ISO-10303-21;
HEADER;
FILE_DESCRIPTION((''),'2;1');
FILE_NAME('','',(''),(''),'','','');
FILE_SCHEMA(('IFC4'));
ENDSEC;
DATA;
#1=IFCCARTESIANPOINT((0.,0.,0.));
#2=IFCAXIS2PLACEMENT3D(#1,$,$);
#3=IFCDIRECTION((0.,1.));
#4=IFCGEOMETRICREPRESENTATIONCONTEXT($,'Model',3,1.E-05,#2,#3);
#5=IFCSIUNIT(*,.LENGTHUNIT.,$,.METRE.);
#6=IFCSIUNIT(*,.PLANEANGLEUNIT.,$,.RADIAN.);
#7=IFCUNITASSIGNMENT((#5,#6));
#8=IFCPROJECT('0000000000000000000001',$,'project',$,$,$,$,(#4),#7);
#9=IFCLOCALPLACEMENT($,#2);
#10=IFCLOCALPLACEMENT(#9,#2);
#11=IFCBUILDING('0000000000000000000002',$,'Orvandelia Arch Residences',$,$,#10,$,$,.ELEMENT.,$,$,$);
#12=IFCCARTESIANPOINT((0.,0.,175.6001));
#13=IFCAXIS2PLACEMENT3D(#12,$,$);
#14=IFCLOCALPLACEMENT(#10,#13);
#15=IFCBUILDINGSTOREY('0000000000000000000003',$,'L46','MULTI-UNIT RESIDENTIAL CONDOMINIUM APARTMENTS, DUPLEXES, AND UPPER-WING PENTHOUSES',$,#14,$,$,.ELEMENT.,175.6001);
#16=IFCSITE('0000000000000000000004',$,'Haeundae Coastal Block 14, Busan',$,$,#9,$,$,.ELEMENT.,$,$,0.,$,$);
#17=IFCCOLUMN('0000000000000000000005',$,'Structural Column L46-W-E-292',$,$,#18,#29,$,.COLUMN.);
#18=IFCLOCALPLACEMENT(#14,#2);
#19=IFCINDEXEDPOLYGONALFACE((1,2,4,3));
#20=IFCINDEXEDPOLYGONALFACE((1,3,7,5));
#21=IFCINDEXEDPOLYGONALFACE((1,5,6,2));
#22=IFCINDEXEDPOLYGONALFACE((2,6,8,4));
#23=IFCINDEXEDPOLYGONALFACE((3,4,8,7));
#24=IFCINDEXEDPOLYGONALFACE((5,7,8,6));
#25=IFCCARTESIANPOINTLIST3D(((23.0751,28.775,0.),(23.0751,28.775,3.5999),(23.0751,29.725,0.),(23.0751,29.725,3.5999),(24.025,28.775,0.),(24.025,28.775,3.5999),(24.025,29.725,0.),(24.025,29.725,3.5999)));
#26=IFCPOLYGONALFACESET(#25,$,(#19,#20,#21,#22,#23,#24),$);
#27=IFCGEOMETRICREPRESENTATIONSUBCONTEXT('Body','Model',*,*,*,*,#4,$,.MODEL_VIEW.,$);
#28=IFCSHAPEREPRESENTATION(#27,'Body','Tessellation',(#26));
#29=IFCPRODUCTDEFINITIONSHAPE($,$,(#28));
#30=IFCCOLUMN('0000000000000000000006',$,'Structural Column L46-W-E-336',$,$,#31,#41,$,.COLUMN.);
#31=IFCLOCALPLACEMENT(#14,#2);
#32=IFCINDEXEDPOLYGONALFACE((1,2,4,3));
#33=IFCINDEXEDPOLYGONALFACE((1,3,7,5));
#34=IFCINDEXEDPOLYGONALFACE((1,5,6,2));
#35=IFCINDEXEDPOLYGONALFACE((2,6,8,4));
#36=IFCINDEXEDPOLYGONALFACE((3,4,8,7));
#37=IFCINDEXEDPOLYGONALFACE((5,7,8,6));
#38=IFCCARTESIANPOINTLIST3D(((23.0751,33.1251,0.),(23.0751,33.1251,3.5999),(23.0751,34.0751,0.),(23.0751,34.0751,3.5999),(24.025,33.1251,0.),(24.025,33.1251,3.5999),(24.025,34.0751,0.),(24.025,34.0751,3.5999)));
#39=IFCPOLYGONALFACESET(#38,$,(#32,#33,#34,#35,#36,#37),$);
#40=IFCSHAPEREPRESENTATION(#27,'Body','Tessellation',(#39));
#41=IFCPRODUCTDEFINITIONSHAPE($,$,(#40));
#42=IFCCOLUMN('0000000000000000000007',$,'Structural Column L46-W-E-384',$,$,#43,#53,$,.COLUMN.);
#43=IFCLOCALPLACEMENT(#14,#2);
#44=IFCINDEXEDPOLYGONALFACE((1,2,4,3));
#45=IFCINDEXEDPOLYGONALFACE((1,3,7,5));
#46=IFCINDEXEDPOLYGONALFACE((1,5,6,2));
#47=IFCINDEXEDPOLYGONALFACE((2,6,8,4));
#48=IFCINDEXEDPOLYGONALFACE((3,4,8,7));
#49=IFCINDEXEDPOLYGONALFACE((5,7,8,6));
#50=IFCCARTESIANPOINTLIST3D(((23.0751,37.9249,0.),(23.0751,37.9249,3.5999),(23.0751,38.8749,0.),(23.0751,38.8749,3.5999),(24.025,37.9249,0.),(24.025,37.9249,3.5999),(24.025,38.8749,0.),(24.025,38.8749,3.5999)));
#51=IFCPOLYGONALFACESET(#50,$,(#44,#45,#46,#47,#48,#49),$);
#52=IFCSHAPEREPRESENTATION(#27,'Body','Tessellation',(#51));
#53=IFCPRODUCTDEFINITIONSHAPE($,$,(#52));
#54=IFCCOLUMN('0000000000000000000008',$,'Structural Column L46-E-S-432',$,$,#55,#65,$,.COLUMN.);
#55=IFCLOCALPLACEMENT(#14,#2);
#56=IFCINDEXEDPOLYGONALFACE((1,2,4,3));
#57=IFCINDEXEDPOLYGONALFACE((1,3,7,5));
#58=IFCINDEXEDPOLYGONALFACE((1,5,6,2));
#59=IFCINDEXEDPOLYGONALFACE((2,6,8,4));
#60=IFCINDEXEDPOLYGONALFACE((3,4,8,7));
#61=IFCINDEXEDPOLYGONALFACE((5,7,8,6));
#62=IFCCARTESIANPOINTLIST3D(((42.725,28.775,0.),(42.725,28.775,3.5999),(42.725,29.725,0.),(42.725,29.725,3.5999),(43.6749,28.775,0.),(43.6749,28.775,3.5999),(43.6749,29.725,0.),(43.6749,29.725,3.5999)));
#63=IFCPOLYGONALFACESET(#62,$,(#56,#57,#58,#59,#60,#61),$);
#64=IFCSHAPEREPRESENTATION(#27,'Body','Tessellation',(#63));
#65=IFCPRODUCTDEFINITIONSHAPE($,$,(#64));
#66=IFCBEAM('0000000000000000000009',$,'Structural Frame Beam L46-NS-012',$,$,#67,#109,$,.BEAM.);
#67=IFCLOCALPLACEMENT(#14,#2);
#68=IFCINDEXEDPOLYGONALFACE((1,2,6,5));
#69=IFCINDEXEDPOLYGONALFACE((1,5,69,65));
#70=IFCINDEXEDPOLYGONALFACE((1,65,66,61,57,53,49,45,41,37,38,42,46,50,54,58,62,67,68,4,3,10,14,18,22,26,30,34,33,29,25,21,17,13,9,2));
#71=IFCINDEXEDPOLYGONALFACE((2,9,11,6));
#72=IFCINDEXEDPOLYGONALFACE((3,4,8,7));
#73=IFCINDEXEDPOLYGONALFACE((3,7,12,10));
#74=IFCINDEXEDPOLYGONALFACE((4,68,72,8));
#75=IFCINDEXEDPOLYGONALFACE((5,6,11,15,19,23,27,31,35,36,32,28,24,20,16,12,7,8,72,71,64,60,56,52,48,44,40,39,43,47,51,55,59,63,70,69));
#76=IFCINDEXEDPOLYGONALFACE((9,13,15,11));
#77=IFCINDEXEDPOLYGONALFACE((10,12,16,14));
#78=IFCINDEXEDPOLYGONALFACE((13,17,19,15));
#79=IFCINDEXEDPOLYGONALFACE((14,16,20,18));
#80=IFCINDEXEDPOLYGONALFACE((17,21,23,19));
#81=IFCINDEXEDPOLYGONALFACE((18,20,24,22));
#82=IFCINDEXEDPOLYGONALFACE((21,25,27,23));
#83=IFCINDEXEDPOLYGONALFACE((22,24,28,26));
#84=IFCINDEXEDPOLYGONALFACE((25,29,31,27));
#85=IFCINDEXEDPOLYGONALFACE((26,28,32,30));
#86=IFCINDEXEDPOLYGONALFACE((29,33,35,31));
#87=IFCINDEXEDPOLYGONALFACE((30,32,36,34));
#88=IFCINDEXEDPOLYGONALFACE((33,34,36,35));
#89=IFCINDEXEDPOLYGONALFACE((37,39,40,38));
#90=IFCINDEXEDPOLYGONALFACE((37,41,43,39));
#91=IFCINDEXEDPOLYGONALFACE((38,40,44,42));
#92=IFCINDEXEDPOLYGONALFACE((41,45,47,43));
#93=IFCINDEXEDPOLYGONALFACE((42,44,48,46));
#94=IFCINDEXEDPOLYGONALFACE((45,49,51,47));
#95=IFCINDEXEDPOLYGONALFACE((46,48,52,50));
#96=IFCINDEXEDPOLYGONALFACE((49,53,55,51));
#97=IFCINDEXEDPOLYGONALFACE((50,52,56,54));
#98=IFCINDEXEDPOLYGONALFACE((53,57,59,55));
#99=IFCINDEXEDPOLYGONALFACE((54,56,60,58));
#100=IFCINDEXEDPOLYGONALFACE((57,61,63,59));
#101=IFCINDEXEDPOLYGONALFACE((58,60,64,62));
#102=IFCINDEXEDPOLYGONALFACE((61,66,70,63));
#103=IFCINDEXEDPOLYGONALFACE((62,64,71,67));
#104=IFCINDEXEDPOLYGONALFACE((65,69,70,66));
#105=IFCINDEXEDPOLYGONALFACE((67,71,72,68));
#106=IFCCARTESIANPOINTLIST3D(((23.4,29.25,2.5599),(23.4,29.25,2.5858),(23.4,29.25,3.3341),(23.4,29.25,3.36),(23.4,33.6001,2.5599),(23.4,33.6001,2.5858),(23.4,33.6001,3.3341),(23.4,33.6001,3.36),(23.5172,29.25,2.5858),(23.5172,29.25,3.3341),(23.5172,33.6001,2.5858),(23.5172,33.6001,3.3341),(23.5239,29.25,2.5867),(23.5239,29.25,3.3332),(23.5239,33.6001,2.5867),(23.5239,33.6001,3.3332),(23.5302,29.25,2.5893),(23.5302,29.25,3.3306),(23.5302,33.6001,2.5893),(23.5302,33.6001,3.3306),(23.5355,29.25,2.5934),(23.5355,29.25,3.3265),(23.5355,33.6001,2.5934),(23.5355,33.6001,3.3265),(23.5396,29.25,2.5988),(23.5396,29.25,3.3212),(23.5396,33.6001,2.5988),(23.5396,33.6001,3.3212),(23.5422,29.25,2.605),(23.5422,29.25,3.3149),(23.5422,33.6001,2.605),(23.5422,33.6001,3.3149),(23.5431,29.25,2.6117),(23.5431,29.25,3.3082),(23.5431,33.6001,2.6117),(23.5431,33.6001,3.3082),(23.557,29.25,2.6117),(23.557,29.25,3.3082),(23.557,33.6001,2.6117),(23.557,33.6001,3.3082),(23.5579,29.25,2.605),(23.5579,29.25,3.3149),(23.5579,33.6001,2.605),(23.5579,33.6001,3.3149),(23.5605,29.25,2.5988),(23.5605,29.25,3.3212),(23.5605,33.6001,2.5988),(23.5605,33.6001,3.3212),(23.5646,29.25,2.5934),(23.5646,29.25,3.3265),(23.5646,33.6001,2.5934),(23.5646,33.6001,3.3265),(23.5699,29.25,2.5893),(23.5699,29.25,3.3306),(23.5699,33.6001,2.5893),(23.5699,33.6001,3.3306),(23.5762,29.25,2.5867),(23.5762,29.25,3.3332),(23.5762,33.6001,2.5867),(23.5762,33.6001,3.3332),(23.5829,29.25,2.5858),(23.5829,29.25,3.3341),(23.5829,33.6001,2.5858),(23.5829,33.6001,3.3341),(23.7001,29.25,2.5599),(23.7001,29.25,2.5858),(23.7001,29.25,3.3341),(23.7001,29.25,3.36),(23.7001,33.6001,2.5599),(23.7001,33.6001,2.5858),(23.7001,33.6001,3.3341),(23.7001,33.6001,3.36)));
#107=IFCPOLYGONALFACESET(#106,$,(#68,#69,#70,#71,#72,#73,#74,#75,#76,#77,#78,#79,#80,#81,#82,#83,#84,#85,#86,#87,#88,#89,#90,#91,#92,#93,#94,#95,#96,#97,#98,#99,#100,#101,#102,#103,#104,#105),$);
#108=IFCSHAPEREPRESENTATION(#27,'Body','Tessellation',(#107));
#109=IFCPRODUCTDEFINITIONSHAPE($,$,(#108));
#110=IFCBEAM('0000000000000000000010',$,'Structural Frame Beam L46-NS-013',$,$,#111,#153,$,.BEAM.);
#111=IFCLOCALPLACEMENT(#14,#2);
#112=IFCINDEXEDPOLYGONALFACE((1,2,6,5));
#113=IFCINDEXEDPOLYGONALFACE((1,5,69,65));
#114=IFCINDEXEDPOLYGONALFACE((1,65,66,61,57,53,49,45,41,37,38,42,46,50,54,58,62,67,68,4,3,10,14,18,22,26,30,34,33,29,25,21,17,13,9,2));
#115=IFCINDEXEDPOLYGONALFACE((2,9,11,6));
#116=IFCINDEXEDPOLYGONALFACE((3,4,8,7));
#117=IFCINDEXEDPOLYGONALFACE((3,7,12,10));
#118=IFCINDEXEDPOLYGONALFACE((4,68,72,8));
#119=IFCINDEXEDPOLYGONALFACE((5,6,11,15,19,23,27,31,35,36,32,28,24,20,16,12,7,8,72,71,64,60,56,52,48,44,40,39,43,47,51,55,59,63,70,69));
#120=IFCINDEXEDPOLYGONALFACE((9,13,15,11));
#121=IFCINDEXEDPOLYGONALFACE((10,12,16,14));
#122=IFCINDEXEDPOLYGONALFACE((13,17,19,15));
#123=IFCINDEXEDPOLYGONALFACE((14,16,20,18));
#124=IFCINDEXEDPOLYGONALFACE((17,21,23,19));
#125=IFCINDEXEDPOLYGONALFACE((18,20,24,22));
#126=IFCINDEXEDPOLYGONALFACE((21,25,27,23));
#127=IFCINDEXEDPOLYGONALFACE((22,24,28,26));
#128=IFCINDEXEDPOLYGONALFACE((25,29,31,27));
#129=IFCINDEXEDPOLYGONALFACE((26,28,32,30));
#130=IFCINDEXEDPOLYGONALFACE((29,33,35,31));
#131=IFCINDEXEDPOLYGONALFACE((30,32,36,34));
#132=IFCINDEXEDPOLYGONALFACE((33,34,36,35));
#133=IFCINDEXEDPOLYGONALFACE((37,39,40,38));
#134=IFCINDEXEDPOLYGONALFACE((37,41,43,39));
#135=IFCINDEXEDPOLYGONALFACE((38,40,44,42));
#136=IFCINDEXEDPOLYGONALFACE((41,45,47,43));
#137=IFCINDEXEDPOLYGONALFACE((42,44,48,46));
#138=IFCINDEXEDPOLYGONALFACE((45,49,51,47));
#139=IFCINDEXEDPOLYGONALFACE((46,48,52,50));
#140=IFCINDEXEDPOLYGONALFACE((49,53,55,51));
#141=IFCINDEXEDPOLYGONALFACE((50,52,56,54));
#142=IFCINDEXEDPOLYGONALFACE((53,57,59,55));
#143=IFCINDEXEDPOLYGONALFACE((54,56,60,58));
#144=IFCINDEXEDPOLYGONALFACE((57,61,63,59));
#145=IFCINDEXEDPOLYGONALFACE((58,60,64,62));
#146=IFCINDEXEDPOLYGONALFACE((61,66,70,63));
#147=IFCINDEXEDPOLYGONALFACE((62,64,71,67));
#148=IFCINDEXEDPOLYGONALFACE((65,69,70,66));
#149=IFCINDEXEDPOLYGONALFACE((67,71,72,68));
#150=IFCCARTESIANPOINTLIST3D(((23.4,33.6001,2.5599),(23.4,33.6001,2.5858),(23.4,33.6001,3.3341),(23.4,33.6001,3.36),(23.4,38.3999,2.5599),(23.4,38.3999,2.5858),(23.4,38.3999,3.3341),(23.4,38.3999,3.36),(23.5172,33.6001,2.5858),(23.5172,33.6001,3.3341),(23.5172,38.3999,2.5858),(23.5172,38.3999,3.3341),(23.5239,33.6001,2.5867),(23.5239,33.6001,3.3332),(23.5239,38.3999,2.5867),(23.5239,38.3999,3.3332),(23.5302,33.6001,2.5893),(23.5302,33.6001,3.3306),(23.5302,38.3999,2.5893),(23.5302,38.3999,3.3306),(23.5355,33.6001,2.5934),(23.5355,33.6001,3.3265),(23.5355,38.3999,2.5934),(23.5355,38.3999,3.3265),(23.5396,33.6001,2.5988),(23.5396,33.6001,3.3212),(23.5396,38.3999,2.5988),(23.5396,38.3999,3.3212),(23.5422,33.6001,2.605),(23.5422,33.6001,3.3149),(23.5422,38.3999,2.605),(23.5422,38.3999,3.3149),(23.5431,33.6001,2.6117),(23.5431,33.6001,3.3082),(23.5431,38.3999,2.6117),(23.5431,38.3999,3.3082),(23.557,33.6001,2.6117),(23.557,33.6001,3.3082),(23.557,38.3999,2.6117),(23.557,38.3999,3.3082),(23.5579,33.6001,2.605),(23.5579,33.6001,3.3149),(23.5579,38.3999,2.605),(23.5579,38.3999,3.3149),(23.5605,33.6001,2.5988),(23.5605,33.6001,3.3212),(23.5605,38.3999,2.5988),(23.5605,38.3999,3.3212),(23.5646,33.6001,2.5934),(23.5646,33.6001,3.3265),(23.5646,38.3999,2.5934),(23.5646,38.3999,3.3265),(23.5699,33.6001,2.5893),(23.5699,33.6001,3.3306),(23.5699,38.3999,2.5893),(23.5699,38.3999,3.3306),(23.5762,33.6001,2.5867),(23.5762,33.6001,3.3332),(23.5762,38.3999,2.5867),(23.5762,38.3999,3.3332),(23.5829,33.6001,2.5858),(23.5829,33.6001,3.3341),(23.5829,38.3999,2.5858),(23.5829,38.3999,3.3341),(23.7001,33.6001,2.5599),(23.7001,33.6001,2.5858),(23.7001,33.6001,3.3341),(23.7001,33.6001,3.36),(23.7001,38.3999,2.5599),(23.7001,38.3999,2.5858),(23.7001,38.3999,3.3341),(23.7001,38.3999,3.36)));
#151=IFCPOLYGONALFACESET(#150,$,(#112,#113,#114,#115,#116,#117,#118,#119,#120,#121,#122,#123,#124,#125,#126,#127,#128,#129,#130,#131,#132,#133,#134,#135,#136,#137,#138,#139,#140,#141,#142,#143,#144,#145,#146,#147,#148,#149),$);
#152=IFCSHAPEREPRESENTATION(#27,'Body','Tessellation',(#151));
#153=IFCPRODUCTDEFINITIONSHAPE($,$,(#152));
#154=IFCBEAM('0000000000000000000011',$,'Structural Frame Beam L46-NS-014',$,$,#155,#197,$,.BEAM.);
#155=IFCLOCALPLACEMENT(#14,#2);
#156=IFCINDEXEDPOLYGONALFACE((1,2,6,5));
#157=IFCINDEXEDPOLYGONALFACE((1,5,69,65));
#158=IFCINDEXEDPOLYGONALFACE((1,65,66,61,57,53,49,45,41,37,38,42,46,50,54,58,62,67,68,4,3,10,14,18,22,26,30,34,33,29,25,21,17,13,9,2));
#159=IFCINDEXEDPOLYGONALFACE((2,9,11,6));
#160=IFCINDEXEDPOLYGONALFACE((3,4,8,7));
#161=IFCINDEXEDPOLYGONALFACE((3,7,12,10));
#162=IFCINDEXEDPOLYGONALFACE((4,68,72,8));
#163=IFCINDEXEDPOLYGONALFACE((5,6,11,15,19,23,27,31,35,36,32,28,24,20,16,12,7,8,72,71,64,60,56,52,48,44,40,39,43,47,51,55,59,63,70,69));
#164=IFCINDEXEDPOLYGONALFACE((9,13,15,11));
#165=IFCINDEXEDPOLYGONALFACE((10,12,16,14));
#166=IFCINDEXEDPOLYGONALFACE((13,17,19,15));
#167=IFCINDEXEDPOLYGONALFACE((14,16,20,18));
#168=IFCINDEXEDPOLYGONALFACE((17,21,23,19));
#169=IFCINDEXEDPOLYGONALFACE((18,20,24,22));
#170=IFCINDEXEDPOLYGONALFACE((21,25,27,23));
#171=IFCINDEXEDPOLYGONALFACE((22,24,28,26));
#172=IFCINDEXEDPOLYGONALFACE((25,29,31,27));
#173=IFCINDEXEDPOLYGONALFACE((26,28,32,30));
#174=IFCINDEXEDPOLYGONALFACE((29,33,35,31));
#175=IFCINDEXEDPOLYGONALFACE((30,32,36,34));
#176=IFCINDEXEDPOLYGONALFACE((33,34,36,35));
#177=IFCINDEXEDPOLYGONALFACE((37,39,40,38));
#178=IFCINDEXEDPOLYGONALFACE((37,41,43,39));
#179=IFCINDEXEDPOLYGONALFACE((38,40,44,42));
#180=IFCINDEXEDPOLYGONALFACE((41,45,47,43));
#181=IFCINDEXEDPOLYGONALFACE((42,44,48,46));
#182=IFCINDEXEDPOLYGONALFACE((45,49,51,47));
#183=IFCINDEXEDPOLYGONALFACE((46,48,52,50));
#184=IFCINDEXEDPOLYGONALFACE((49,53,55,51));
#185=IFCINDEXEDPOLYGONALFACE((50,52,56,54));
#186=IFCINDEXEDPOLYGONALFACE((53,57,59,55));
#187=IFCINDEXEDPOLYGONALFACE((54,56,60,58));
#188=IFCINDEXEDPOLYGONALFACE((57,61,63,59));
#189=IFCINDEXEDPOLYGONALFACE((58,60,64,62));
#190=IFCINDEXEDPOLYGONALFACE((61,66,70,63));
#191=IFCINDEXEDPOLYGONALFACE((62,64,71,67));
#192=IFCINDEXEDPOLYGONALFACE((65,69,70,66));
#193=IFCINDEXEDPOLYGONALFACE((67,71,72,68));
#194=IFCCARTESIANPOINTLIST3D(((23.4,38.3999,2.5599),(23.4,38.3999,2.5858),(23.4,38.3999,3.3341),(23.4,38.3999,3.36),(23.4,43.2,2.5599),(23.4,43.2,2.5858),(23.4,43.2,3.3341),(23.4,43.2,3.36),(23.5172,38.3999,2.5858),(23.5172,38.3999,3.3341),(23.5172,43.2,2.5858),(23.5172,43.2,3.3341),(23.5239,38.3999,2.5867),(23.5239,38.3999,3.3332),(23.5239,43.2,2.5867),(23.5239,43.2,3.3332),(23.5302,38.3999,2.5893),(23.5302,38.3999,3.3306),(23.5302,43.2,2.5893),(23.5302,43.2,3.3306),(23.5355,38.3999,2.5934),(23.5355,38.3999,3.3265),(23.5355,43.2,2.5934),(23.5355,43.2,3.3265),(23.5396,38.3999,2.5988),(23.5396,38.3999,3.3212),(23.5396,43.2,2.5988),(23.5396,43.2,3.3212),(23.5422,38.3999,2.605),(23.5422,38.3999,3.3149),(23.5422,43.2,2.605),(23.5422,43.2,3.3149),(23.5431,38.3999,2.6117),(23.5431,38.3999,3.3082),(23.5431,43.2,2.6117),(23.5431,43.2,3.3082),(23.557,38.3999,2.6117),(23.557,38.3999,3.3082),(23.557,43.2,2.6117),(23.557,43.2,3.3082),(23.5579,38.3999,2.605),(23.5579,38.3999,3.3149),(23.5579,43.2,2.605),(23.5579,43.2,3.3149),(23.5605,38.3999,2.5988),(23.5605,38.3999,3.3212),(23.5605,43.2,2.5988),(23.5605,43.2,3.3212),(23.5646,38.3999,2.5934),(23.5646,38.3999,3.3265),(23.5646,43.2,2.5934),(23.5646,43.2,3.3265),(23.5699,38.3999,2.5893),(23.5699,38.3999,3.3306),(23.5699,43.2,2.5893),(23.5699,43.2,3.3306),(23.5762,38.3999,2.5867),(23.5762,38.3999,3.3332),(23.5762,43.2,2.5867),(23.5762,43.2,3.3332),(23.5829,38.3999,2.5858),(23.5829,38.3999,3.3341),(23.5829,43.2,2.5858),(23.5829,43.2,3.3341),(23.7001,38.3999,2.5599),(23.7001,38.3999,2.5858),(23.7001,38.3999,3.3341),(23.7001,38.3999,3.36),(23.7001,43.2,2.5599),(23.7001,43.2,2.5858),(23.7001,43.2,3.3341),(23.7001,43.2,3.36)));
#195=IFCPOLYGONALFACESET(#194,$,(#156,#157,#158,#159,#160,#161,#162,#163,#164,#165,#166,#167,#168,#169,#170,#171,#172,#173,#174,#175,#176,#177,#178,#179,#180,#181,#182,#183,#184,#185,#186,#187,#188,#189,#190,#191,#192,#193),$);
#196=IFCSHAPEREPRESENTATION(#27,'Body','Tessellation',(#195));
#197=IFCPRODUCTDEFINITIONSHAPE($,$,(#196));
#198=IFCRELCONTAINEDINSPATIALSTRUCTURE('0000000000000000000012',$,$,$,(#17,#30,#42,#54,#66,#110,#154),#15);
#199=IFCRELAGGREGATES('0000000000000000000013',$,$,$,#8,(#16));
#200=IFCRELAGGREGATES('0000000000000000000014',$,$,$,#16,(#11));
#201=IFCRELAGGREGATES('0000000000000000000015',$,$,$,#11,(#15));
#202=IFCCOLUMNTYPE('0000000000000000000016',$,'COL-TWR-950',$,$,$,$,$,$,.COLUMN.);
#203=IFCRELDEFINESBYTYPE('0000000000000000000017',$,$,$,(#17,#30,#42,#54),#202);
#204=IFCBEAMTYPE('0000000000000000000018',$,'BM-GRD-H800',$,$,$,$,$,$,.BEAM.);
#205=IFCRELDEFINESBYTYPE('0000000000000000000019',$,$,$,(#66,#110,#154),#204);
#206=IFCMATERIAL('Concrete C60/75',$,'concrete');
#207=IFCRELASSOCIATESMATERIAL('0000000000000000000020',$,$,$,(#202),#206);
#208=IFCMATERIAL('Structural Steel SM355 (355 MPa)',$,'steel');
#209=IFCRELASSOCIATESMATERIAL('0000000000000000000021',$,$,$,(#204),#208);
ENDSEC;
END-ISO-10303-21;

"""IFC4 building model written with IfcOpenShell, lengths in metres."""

from ifc_helpers import new_model, si_unit, direction, frame, origin, origin_2d, place, context, subcontext, project, spatial, rectangle, i_section, extrude, material, material_profile, profile_set, type_object, element, save


model = new_model("IFC4")

# Units and contexts
model_context = context("Model", 3, precision=1e-05, world=origin(), true_north=direction((0.0, 1.0)))
body_context = subcontext(model_context, "Body", "Model", "MODEL_VIEW")
ifc_project = project(units=[si_unit("LENGTHUNIT", "METRE"), si_unit("PLANEANGLEUNIT", "RADIAN")], contexts=[model_context])

# Site, building, storey
site_placement = place(None, origin())
site = spatial("IfcSite", under=ifc_project, at=site_placement, Name="Haeundae Coastal Block 14, Busan", CompositionType="ELEMENT", RefElevation=0.0)
building_placement = place(site_placement, origin())
building = spatial("IfcBuilding", under=site, at=building_placement, Name="Orvandelia Arch Residences", CompositionType="ELEMENT")
storey_placement = place(building_placement, frame((0.0, 0.0, 175.6001)))
storey = spatial("IfcBuildingStorey", under=building, at=storey_placement, Name="L46", Description="MULTI-UNIT RESIDENTIAL CONDOMINIUM APARTMENTS, DUPLEXES, AND UPPER-WING PENTHOUSES", CompositionType="ELEMENT", Elevation=175.6001)

# Columns
ifc_material_1 = material(Name="Concrete C60/75", Category="concrete")
ifc_material_profile_1 = material_profile(ifc_material_1, rectangle(XDim=0.95, YDim=0.95, at=origin_2d()), Name="Concrete C60/75", Category="concrete")
ifc_profile_set_1 = profile_set([ifc_material_profile_1], Name="Concrete C60/75")
column_type = type_object("IfcColumnType", Name="COL-TWR-950", PredefinedType="COLUMN", material=ifc_profile_set_1)
for number, where, z_axis, x_axis, name in (
    (1, (23.55, 29.25, 0.0), (0.0, 0.0, 1.0), (1.0, 0.0, 0.0), "Structural Column L46-W-E-292"),
    (2, (23.55, 33.6001, 0.0), (0.0, 0.0, 1.0), (1.0, 0.0, 0.0), "Structural Column L46-W-E-336"),
    (3, (23.55, 38.3999, 0.0), (0.0, 0.0, 1.0), (1.0, 0.0, 0.0), "Structural Column L46-W-E-384"),
    (4, (43.2, 29.25, 0.0), (0.0, 0.0, 1.0), (1.0, 0.0, 0.0), "Structural Column L46-E-S-432"),
):
    element("IfcColumn", number, at=place(storey_placement, frame(where, z_axis=z_axis, x_axis=x_axis)), inside=storey, type_object=column_type, Name=name, PredefinedType="COLUMN", context=body_context, shape_type="SweptSolid", body=[
        extrude(rectangle(XDim=0.95, YDim=0.95, at=origin_2d()), origin(), (0.0, 0.0, 1.0), 3.5999),
    ])

# Beams
ifc_material_2 = material(Name="Structural Steel SM355 (355 MPa)", Category="steel")
ifc_material_profile_2 = material_profile(ifc_material_2, i_section(OverallWidth=0.3, OverallDepth=0.8, WebThickness=0.0139, FlangeThickness=0.0259, FilletRadius=0.0259, at=origin_2d()), Name="Structural Steel SM355 (355 MPa)", Category="steel")
ifc_profile_set_2 = profile_set([ifc_material_profile_2], Name="Structural Steel SM355 (355 MPa)")
beam_type = type_object("IfcBeamType", Name="BM-GRD-H800", PredefinedType="BEAM", material=ifc_profile_set_2)
beam_1_placement = place(storey_placement, frame((23.55, 29.25, 2.96), z_axis=(0.0, 1.0, 0.0), x_axis=(-1.0, 0.0, 0.0)))
element("IfcBeam", 5, at=beam_1_placement, inside=storey, type_object=beam_type, Name="Structural Frame Beam L46-NS-012", PredefinedType="BEAM", context=body_context, shape_type="SweptSolid", body=[
    extrude(i_section(OverallWidth=0.3, OverallDepth=0.8, WebThickness=0.0139, FlangeThickness=0.0259, FilletRadius=0.0259, at=origin_2d()), origin(), (0.0, 0.0, 1.0), 4.3501),
])
beam_2_placement = place(storey_placement, frame((23.55, 33.6001, 2.96), z_axis=(0.0, 1.0, 0.0), x_axis=(-1.0, 0.0, 0.0)))
element("IfcBeam", 6, at=beam_2_placement, inside=storey, type_object=beam_type, Name="Structural Frame Beam L46-NS-013", PredefinedType="BEAM", context=body_context, shape_type="SweptSolid", body=[
    extrude(i_section(OverallWidth=0.3, OverallDepth=0.8, WebThickness=0.0139, FlangeThickness=0.0259, FilletRadius=0.0259, at=origin_2d()), origin(), (0.0, 0.0, 1.0), 4.7998),
])
beam_3_placement = place(storey_placement, frame((23.55, 38.3999, 2.96), z_axis=(0.0, 1.0, 0.0), x_axis=(-1.0, 0.0, 0.0)))
element("IfcBeam", 7, at=beam_3_placement, inside=storey, type_object=beam_type, Name="Structural Frame Beam L46-NS-014", PredefinedType="BEAM", context=body_context, shape_type="SweptSolid", body=[
    extrude(i_section(OverallWidth=0.3, OverallDepth=0.8, WebThickness=0.0139, FlangeThickness=0.0259, FilletRadius=0.0259, at=origin_2d()), origin(), (0.0, 0.0, 1.0), 4.8),
])

save(model, "model.ifc")
